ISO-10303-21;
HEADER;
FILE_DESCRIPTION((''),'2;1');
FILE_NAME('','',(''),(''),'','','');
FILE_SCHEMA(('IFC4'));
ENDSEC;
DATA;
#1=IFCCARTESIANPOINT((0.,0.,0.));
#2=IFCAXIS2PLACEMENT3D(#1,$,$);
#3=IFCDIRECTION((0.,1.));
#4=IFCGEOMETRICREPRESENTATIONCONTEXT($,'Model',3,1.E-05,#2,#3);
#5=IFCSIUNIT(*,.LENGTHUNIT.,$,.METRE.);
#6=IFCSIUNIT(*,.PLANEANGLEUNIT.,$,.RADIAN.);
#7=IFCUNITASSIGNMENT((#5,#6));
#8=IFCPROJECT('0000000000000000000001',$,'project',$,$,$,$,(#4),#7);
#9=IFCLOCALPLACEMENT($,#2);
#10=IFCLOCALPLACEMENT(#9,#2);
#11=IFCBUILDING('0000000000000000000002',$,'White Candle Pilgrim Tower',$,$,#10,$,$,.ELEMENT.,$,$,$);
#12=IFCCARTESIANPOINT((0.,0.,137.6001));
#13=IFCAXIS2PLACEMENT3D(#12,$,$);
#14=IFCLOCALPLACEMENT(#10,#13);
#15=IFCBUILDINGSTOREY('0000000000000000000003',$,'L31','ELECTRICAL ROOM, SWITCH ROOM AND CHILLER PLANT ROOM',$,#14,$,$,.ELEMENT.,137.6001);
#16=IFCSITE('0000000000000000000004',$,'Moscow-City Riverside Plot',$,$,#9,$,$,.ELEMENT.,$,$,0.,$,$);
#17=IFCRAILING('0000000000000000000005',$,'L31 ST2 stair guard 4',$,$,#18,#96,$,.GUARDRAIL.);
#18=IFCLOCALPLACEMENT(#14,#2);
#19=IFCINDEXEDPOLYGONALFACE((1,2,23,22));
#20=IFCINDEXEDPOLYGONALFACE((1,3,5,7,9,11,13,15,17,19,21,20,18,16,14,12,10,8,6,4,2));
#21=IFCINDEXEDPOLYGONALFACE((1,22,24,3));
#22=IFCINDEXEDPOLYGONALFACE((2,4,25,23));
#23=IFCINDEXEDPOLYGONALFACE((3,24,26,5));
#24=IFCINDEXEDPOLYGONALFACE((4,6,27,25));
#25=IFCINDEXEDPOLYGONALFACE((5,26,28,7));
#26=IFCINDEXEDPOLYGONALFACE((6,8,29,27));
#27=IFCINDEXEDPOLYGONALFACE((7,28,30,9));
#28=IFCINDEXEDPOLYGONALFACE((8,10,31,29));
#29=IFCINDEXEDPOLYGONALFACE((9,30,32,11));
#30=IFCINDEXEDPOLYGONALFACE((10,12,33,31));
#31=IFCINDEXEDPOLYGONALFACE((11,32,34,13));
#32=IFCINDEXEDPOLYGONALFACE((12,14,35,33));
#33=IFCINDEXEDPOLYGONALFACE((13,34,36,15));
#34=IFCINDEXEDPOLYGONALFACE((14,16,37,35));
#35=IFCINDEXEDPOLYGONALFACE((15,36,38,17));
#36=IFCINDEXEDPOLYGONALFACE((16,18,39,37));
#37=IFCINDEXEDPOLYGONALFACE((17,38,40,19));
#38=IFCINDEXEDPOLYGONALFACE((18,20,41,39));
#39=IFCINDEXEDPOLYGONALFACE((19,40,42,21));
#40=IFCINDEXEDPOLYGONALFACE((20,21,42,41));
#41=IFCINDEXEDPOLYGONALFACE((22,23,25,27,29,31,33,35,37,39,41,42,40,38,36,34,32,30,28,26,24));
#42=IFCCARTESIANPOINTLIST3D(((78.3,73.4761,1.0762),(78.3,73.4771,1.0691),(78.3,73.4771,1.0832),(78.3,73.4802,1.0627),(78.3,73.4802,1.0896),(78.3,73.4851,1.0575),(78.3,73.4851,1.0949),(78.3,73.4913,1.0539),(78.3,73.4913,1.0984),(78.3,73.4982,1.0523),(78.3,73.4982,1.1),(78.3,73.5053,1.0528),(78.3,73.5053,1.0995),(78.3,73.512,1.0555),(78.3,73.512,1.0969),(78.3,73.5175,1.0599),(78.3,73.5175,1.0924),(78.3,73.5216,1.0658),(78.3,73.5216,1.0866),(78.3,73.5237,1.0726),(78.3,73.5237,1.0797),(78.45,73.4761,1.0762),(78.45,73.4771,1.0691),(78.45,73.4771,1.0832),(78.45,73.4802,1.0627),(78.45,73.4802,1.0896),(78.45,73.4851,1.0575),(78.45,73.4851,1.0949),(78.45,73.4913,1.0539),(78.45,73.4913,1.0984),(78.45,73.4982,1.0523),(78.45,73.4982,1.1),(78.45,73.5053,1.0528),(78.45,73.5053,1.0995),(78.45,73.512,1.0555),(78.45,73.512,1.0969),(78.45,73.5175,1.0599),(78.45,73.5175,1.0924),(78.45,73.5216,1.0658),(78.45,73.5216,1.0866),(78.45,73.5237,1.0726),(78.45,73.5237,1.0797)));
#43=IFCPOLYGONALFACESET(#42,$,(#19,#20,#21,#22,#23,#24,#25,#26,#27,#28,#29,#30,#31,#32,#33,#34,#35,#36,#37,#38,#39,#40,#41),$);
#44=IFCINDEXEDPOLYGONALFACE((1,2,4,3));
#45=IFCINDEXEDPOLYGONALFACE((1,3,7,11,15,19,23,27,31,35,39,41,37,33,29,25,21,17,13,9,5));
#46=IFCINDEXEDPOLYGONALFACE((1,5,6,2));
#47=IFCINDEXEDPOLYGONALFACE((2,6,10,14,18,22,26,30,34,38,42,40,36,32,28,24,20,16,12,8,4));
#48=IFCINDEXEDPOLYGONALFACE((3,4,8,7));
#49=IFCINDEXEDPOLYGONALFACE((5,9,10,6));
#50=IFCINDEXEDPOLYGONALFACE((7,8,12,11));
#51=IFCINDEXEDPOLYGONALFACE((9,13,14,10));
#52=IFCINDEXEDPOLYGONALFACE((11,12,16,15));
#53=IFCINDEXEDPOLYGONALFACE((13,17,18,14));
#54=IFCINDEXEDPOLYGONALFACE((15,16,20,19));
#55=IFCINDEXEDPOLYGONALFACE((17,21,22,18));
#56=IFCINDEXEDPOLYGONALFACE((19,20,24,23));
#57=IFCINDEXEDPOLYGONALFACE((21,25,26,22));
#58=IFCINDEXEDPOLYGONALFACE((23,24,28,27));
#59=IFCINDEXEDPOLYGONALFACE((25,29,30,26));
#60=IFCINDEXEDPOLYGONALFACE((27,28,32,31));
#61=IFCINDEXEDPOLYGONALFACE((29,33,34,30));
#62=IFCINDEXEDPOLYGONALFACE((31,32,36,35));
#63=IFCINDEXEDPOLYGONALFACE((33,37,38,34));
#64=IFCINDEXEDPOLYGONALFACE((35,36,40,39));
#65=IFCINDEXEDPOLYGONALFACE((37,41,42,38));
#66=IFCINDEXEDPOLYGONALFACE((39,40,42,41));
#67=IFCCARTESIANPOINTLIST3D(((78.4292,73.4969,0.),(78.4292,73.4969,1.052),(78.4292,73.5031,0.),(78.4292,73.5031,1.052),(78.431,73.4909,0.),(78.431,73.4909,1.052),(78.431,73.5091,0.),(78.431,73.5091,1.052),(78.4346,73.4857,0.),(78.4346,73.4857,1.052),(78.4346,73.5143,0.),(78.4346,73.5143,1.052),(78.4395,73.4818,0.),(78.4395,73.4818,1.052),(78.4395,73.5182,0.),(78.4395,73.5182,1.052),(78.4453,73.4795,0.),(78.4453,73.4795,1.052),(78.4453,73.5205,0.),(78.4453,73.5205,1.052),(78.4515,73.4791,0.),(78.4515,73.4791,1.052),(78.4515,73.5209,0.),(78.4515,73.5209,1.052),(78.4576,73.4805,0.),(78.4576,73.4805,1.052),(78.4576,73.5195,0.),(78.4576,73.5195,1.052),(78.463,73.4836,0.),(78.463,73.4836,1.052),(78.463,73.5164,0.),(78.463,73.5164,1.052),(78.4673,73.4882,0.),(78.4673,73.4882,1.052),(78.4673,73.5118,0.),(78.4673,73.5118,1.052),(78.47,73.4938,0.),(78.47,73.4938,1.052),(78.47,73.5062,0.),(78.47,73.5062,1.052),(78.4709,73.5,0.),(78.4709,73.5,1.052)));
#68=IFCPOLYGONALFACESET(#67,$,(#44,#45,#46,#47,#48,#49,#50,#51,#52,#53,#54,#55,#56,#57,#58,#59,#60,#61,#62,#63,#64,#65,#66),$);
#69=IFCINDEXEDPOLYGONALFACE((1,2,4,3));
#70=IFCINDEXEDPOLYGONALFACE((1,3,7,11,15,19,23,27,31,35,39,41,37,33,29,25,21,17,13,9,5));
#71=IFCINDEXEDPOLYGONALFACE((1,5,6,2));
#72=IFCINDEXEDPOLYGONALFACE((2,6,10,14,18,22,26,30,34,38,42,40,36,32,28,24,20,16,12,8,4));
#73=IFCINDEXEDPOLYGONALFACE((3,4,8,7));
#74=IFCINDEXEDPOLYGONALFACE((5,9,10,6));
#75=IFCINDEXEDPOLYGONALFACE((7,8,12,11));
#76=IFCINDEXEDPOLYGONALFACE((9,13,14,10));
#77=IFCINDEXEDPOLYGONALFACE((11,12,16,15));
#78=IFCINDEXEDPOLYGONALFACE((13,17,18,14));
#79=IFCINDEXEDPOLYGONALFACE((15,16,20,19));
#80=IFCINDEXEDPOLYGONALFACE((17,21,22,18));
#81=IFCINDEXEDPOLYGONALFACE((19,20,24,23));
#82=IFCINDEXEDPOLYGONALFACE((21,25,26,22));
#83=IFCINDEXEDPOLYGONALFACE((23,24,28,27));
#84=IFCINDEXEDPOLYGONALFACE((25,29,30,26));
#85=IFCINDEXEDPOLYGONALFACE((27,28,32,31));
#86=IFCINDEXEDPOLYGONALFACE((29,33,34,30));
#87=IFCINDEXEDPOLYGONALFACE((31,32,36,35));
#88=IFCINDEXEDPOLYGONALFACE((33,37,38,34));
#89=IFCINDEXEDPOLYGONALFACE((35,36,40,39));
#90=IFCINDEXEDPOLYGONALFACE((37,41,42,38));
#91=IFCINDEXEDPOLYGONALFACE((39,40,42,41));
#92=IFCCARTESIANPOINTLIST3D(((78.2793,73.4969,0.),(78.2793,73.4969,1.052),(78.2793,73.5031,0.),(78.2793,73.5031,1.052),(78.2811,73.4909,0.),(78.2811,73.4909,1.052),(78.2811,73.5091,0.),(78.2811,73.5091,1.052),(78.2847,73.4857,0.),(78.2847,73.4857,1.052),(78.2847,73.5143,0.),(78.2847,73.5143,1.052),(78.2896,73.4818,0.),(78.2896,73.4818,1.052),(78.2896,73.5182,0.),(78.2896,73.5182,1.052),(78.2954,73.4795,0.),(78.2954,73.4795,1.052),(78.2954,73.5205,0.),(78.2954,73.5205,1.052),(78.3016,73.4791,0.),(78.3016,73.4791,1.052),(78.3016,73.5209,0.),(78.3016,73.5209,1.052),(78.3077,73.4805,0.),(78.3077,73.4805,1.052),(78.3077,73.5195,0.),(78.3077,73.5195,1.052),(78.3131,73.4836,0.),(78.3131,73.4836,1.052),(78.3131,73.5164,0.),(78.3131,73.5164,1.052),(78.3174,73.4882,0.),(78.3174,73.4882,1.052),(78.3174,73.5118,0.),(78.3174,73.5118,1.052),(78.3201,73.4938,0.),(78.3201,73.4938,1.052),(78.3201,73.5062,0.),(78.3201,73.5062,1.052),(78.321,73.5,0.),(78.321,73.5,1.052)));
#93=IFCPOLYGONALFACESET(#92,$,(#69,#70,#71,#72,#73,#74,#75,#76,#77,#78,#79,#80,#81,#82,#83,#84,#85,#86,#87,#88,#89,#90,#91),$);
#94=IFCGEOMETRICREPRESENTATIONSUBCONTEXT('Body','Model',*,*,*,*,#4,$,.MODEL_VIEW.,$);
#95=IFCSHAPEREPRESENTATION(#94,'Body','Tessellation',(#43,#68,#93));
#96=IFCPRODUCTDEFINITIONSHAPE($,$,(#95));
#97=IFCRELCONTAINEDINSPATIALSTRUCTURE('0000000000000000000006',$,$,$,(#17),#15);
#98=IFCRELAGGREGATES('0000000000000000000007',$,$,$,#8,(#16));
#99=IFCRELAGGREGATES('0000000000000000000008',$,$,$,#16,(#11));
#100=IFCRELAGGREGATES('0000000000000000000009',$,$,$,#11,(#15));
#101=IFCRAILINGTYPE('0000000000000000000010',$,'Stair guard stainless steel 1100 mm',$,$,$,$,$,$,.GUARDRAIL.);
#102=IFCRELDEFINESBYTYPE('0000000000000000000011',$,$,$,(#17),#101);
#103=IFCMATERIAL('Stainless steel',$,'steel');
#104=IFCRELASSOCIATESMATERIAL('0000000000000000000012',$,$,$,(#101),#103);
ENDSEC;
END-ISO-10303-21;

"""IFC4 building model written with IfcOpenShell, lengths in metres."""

from ifc_helpers import new_model, si_unit, direction, frame, origin, origin_2d, place, context, subcontext, project, spatial, circle, extrude, material, type_object, element, save


model = new_model("IFC4")

# Units and contexts
model_context = context("Model", 3, precision=1e-05, world=origin(), true_north=direction((0.0, 1.0)))
body_context = subcontext(model_context, "Body", "Model", "MODEL_VIEW")
ifc_project = project(units=[si_unit("LENGTHUNIT", "METRE"), si_unit("PLANEANGLEUNIT", "RADIAN")], contexts=[model_context])

# Site, building, storey
site_placement = place(None, origin())
site = spatial("IfcSite", under=ifc_project, at=site_placement, Name="Moscow-City Riverside Plot", CompositionType="ELEMENT", RefElevation=0.0)
building_placement = place(site_placement, origin())
building = spatial("IfcBuilding", under=site, at=building_placement, Name="White Candle Pilgrim Tower", CompositionType="ELEMENT")
storey_placement = place(building_placement, frame((0.0, 0.0, 137.6001)))
storey = spatial("IfcBuildingStorey", under=building, at=storey_placement, Name="L31", Description="ELECTRICAL ROOM, SWITCH ROOM AND CHILLER PLANT ROOM", CompositionType="ELEMENT", Elevation=137.6001)

# Railing
ifc_material_1 = material(Name="Stainless steel", Category="steel")
railing_type_1 = type_object("IfcRailingType", Name="Stair guard stainless steel 1100 mm", PredefinedType="GUARDRAIL", material=ifc_material_1)
railing_1_placement = place(storey_placement, frame((78.45, 73.5, 0.0)))
element("IfcRailing", 1, at=railing_1_placement, inside=storey, type_object=railing_type_1, Name="L31 ST2 stair guard 4", PredefinedType="GUARDRAIL", context=body_context, shape_type="SweptSolid", body=[
    extrude(circle(Radius=0.0239, at=origin_2d()), frame((0.0, 0.0, 1.0762), z_axis=(-1.0, 0.0, 0.0), x_axis=(0.0, -1.0, 0.0)), (0.0, 0.0, 1.0), 0.1499),
    extrude(circle(Radius=0.021, at=origin_2d()), origin(), (0.0, 0.0, 1.0), 1.052),
    extrude(circle(Radius=0.021, at=origin_2d()), frame((-0.1499, 0.0, 0.0)), (0.0, 0.0, 1.0), 1.052),
])

save(model, "model.ifc")
